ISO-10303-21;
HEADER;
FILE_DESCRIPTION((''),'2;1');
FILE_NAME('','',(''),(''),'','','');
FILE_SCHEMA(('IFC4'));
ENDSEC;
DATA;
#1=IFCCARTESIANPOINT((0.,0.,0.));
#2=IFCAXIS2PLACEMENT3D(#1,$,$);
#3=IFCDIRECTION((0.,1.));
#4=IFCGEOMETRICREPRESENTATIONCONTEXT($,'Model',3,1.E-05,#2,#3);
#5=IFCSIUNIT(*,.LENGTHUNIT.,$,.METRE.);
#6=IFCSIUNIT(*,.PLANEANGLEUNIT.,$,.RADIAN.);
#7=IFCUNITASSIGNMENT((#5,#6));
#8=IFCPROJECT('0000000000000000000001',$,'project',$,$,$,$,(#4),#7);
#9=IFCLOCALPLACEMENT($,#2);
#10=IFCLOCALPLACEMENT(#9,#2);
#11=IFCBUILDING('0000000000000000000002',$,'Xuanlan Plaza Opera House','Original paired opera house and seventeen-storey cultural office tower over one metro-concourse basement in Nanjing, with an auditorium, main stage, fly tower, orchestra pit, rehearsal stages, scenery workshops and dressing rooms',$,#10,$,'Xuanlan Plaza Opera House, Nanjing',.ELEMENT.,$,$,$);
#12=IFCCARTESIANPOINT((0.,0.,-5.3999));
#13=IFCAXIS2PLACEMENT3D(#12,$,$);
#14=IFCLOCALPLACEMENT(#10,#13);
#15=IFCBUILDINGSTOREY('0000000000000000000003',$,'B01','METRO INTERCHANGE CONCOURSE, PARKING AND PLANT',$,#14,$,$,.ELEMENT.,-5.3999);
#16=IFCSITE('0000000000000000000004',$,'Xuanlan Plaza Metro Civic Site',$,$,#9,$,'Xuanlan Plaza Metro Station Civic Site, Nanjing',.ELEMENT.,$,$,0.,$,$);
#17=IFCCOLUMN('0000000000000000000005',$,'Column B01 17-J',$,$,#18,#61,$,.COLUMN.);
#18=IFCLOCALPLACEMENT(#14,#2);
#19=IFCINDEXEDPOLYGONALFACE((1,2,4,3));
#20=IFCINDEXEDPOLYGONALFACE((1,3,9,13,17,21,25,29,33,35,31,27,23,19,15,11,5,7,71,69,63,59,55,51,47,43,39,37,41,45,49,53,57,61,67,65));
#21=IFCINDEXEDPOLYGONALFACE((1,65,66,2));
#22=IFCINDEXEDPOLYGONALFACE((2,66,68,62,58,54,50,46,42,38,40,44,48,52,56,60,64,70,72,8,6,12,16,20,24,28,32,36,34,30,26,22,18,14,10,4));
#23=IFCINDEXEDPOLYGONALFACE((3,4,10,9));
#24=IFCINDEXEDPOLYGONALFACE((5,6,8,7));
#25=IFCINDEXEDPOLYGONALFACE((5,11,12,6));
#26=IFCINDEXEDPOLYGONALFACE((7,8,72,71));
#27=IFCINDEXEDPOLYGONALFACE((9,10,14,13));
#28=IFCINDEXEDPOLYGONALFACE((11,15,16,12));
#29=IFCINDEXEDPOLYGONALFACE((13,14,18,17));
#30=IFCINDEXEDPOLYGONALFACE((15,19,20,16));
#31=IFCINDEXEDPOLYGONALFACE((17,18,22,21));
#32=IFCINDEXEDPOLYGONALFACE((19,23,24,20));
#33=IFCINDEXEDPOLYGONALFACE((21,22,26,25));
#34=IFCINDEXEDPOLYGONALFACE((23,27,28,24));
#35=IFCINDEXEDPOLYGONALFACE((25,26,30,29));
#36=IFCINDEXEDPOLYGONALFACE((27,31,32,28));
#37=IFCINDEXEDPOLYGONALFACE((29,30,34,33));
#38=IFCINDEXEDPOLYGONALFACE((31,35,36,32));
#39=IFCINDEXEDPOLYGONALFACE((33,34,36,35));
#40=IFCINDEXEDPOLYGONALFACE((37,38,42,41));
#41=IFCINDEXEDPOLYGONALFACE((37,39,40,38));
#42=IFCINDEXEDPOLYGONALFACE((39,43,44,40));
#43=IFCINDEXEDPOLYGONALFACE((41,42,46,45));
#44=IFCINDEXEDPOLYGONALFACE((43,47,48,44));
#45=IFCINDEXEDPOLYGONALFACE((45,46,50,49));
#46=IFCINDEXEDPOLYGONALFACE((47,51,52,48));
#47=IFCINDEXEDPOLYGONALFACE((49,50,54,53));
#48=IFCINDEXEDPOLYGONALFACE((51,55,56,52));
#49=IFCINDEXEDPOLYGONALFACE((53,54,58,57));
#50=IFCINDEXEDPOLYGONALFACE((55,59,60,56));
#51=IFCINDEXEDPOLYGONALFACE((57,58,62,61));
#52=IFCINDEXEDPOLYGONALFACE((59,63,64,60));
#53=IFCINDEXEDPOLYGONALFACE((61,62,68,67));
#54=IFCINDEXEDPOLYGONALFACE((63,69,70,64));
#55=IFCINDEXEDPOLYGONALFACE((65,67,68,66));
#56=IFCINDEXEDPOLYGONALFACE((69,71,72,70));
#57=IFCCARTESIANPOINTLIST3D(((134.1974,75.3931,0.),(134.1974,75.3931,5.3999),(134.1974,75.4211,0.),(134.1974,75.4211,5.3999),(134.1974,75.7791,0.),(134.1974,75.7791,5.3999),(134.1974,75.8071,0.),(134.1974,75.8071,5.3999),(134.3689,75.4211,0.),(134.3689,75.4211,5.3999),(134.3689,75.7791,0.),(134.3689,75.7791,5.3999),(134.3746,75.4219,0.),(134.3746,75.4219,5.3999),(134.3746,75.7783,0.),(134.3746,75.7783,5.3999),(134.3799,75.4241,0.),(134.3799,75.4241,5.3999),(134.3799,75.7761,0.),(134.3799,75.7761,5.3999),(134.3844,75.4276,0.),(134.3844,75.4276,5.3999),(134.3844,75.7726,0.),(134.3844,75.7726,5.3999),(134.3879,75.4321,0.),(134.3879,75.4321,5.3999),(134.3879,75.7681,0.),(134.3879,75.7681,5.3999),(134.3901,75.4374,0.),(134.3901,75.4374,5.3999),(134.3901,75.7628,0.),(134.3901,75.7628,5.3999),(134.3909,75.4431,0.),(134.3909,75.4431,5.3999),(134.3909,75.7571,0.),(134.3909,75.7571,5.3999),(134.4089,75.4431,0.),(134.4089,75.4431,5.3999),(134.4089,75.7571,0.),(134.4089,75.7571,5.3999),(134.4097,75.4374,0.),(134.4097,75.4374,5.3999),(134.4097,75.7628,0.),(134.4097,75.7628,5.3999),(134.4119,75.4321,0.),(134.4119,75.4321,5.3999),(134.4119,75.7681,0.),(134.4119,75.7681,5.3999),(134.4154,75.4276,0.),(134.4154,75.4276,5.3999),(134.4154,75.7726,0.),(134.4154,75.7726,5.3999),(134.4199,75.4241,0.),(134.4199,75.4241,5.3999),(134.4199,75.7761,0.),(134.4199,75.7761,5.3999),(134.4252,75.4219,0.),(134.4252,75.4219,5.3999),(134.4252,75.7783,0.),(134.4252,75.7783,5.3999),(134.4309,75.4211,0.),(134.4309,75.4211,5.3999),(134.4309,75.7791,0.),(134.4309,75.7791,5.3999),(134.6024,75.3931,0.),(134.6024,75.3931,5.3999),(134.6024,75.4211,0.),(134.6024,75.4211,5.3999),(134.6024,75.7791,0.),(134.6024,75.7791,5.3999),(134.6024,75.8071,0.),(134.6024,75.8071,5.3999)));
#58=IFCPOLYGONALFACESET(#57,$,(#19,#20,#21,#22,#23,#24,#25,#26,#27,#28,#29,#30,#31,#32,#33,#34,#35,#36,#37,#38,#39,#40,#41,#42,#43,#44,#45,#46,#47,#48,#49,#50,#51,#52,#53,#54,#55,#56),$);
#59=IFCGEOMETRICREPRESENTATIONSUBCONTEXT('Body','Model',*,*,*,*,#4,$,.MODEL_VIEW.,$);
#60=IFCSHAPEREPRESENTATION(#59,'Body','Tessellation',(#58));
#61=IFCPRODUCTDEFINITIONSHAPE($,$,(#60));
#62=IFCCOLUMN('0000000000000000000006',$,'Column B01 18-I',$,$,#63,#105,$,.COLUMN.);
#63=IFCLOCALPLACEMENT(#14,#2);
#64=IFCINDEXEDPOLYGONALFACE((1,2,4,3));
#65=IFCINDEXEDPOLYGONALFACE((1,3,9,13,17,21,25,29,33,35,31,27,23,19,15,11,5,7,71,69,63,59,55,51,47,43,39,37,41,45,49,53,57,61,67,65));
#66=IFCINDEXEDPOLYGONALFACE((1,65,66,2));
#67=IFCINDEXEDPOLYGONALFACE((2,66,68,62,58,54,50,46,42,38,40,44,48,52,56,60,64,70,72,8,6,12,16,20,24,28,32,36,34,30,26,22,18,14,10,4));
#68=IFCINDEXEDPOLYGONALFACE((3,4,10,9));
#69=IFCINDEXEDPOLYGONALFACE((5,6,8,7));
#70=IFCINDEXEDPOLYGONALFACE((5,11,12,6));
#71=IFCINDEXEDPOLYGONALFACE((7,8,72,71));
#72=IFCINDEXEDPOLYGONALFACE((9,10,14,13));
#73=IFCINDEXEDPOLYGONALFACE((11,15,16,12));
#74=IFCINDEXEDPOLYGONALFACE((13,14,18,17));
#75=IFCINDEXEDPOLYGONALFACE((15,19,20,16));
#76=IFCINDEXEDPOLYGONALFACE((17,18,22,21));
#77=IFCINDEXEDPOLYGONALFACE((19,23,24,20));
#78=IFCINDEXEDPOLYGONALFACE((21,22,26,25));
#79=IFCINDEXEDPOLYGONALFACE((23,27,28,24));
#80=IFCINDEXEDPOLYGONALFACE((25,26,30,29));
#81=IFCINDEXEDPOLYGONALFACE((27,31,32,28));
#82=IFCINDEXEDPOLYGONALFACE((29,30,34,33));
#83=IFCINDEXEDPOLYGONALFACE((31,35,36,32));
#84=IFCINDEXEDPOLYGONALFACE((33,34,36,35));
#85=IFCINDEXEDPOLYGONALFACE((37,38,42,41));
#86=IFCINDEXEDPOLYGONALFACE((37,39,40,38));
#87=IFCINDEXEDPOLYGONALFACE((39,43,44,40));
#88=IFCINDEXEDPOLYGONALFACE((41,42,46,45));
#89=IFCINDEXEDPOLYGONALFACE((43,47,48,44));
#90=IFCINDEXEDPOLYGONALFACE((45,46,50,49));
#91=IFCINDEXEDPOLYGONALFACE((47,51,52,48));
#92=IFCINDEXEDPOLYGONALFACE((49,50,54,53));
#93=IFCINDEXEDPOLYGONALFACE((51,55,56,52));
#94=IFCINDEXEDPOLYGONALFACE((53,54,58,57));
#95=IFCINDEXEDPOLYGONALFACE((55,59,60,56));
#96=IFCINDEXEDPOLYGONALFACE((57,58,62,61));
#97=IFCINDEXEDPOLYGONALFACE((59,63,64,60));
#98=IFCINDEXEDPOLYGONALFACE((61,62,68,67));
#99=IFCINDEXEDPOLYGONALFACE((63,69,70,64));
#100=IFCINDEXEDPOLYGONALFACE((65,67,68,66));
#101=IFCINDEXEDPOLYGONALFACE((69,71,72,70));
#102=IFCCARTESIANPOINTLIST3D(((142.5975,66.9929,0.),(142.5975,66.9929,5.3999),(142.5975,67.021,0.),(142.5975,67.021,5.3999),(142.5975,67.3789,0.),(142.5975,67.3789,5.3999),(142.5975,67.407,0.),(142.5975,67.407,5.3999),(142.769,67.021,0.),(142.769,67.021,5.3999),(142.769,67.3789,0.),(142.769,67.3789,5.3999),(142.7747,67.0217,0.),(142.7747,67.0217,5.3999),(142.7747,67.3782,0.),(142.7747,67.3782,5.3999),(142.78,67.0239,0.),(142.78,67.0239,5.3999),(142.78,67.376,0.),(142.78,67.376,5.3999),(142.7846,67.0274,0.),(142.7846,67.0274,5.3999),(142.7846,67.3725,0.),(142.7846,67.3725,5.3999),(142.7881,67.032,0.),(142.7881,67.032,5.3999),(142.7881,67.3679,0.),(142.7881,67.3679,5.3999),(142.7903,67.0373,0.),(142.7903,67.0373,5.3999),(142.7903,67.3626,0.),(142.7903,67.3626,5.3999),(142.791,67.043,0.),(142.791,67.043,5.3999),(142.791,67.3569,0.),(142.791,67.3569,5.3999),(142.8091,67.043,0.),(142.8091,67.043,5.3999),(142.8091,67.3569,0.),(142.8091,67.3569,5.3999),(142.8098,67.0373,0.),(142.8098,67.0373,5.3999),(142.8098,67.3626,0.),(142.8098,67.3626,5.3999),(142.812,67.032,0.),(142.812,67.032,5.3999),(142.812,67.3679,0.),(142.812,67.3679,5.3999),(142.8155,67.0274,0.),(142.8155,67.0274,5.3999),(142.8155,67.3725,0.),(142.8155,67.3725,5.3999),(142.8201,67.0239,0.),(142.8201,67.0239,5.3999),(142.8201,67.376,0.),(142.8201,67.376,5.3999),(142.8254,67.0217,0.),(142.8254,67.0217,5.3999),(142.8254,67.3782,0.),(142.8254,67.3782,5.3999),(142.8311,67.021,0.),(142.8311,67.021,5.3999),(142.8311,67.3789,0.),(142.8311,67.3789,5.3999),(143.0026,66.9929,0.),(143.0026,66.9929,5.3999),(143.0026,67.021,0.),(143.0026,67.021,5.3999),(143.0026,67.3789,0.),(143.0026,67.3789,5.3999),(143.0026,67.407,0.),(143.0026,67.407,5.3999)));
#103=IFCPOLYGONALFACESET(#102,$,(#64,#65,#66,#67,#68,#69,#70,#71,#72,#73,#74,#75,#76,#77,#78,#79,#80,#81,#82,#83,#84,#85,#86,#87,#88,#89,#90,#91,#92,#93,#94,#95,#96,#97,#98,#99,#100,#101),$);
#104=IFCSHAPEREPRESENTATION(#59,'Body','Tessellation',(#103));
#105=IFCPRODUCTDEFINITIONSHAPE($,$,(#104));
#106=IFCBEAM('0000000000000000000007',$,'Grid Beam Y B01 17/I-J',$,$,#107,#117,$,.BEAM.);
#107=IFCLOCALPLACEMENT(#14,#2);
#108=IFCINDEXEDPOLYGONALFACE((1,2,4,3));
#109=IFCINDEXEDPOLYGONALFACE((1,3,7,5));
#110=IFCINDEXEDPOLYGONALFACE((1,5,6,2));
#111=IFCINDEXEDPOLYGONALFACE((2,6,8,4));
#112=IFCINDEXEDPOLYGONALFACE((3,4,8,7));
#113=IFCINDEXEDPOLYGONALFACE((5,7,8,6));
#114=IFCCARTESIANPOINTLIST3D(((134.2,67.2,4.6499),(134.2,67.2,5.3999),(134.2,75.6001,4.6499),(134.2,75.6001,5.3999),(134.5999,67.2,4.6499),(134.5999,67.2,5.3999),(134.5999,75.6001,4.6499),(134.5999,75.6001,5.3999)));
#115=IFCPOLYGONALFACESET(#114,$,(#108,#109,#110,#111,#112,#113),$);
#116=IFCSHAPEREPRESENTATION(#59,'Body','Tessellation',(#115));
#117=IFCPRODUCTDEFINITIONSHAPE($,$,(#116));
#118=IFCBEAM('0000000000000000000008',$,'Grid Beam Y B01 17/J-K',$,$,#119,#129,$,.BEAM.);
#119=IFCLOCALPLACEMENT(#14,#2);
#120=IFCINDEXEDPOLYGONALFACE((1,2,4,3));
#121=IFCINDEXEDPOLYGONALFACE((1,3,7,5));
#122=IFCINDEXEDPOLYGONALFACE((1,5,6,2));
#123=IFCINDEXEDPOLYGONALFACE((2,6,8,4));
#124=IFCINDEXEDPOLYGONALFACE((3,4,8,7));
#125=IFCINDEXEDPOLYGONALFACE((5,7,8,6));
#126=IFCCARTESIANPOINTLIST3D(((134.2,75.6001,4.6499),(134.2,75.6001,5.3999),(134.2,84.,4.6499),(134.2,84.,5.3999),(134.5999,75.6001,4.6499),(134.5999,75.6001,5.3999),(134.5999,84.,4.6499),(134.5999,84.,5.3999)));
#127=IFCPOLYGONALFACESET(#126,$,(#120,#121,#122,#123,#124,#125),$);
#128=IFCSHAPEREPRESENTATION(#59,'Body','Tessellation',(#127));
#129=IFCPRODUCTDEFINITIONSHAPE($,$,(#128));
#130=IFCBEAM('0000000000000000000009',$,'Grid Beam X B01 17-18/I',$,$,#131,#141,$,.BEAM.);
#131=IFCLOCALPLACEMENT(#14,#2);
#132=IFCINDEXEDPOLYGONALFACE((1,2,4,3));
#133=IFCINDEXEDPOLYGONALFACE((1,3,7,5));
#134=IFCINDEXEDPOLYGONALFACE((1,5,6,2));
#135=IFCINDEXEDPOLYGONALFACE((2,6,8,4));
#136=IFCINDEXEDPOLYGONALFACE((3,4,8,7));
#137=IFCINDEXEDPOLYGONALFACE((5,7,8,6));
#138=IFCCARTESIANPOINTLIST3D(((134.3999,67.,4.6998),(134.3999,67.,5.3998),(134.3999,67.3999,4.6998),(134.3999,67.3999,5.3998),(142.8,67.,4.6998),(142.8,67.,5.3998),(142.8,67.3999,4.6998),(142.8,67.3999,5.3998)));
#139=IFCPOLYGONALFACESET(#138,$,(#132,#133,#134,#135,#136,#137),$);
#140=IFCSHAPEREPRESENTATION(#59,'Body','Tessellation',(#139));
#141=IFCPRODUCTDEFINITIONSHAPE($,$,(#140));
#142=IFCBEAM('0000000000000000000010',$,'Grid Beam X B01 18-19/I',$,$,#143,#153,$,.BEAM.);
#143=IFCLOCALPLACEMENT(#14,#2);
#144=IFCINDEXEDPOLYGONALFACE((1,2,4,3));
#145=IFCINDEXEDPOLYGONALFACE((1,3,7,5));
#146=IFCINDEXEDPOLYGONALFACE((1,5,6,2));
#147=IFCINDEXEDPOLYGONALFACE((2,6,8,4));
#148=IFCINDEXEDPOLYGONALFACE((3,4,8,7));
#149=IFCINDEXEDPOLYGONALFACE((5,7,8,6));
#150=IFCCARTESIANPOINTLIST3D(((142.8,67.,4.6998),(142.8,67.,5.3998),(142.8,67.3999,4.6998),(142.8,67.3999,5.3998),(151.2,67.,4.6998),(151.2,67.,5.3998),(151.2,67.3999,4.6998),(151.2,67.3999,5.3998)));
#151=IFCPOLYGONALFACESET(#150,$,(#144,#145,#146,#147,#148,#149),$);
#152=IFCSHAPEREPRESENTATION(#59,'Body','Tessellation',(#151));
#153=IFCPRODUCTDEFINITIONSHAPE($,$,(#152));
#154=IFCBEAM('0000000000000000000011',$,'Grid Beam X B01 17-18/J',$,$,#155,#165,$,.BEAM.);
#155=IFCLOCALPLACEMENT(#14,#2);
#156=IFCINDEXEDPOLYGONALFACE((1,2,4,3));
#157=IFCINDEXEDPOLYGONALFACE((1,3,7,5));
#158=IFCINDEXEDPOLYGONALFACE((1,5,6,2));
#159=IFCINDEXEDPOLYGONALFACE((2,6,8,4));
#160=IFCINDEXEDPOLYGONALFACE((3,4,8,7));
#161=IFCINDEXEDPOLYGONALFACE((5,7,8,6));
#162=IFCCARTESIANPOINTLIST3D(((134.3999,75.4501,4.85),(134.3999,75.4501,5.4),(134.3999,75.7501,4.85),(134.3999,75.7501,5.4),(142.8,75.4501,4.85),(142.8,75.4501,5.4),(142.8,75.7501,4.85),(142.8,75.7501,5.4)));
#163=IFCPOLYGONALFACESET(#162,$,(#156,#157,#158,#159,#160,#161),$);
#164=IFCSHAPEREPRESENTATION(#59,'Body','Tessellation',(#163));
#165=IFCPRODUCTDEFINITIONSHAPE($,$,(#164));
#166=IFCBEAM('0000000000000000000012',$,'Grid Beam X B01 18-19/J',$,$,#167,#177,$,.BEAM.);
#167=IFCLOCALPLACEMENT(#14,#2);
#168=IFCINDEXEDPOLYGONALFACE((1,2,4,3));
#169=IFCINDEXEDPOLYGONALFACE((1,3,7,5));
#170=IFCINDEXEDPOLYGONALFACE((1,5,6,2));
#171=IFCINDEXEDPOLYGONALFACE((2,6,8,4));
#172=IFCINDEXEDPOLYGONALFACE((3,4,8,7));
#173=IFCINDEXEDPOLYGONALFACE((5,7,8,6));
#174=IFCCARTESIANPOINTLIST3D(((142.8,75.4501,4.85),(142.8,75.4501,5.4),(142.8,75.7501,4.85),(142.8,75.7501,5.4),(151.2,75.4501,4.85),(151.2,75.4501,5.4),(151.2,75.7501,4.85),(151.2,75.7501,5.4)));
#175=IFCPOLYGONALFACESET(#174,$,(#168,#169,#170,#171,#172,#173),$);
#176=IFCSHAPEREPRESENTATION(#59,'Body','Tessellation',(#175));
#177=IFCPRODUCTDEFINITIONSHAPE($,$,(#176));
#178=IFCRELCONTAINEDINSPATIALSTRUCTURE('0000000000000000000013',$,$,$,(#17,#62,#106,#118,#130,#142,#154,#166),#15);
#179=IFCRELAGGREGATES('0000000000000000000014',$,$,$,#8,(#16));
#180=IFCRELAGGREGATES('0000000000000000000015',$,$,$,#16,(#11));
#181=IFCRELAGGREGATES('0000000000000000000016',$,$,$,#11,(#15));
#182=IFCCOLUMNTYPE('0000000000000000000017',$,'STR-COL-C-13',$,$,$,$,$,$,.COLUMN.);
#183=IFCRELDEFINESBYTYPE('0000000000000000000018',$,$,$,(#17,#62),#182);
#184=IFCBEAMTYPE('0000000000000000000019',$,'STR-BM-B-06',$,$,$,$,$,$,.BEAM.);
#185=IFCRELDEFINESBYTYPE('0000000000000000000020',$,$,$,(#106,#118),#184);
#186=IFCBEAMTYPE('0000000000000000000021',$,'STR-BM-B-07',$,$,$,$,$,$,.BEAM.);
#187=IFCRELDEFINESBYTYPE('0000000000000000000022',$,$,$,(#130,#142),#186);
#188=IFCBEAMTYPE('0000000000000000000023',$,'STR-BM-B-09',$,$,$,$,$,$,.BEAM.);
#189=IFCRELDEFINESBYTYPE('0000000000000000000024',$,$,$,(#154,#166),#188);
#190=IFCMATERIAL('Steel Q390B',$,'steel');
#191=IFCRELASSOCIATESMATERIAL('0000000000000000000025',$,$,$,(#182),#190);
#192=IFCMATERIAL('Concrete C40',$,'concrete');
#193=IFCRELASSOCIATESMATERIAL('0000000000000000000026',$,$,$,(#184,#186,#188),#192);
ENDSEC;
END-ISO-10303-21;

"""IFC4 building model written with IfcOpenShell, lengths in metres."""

from ifc_helpers import new_model, si_unit, direction, frame, origin, origin_2d, place, context, subcontext, project, spatial, rectangle, i_section, extrude, material, material_profile, profile_set, type_object, element, save


model = new_model("IFC4")

# Units and contexts
model_context = context("Model", 3, precision=1e-05, world=origin(), true_north=direction((0.0, 1.0)))
body_context = subcontext(model_context, "Body", "Model", "MODEL_VIEW")
ifc_project = project(units=[si_unit("LENGTHUNIT", "METRE"), si_unit("PLANEANGLEUNIT", "RADIAN")], contexts=[model_context])

# Site, building, storey
site_placement = place(None, origin())
site = spatial("IfcSite", under=ifc_project, at=site_placement, Name="Xuanlan Plaza Metro Civic Site", LongName="Xuanlan Plaza Metro Station Civic Site, Nanjing", CompositionType="ELEMENT", RefElevation=0.0)
building_placement = place(site_placement, origin())
building = spatial("IfcBuilding", under=site, at=building_placement, Name="Xuanlan Plaza Opera House", Description="Original paired opera house and seventeen-storey cultural office tower over one metro-concourse basement in Nanjing, with an auditorium, main stage, fly tower, orchestra pit, rehearsal stages, scenery workshops and dressing rooms", LongName="Xuanlan Plaza Opera House, Nanjing", CompositionType="ELEMENT")
storey_placement = place(building_placement, frame((0.0, 0.0, -5.3999)))
storey = spatial("IfcBuildingStorey", under=building, at=storey_placement, Name="B01", Description="METRO INTERCHANGE CONCOURSE, PARKING AND PLANT", CompositionType="ELEMENT", Elevation=-5.3999)

# Shared definitions
ifc_material_1 = material(Name="Concrete C40", Category="concrete")

# Columns
ifc_material_2 = material(Name="Steel Q390B", Category="steel")
ifc_material_profile_1 = material_profile(ifc_material_2, i_section(OverallWidth=0.405, OverallDepth=0.4141, WebThickness=0.0181, FlangeThickness=0.0281, FilletRadius=0.022, at=origin_2d()), Name="HW 414x405x18x28")
ifc_profile_set_1 = profile_set([ifc_material_profile_1], Name="Steel Q390B")
column_type_1 = type_object("IfcColumnType", Name="STR-COL-C-13", PredefinedType="COLUMN", material=ifc_profile_set_1)
for number, where, z_axis, x_axis, name in (
    (1, (134.3999, 75.6001, 0.0), (0.0, 0.0, 1.0), (1.0, 0.0, 0.0), "Column B01 17-J"),
    (2, (142.8, 67.2, 0.0), (0.0, 0.0, 1.0), (1.0, 0.0, 0.0), "Column B01 18-I"),
):
    element("IfcColumn", number, at=place(storey_placement, frame(where, z_axis=z_axis, x_axis=x_axis)), inside=storey, type_object=column_type_1, Name=name, PredefinedType="COLUMN", context=body_context, shape_type="SweptSolid", body=[
        extrude(i_section(OverallWidth=0.405, OverallDepth=0.4141, WebThickness=0.0181, FlangeThickness=0.0281, FilletRadius=0.022, at=origin_2d()), origin(), (0.0, 0.0, 1.0), 5.3999),
    ])

# Beams
ifc_material_profile_2 = material_profile(ifc_material_1, rectangle(XDim=0.3999, YDim=0.75, at=origin_2d()), Name="RC-BM 400x750")
ifc_profile_set_2 = profile_set([ifc_material_profile_2], Name="Concrete C40")
beam_type_1 = type_object("IfcBeamType", Name="STR-BM-B-06", PredefinedType="BEAM", material=ifc_profile_set_2)
beam_1_placement = place(storey_placement, frame((134.3999, 67.2, 5.0249), z_axis=(0.0, 1.0, 0.0), x_axis=(-1.0, 0.0, 0.0)))
element("IfcBeam", 3, at=beam_1_placement, inside=storey, type_object=beam_type_1, Name="Grid Beam Y B01 17/I-J", PredefinedType="BEAM", context=body_context, shape_type="SweptSolid", body=[
    extrude(rectangle(XDim=0.3999, YDim=0.75, at=origin_2d()), origin(), (0.0, 0.0, 1.0), 8.4001),
])
beam_2_placement = place(storey_placement, frame((134.3999, 75.6001, 5.0249), z_axis=(0.0, 1.0, 0.0), x_axis=(-1.0, 0.0, 0.0)))
element("IfcBeam", 4, at=beam_2_placement, inside=storey, type_object=beam_type_1, Name="Grid Beam Y B01 17/J-K", PredefinedType="BEAM", context=body_context, shape_type="SweptSolid", body=[
    extrude(rectangle(XDim=0.3999, YDim=0.75, at=origin_2d()), origin(), (0.0, 0.0, 1.0), 8.3999),
])
ifc_material_profile_3 = material_profile(ifc_material_1, rectangle(XDim=0.3999, YDim=0.7, at=origin_2d()), Name="RC-BM 400x700")
ifc_profile_set_3 = profile_set([ifc_material_profile_3], Name="Concrete C40")
beam_type_2 = type_object("IfcBeamType", Name="STR-BM-B-07", PredefinedType="BEAM", material=ifc_profile_set_3)
beam_3_placement = place(storey_placement, frame((134.3999, 67.2, 5.0498), z_axis=(1.0, 0.0, 0.0), x_axis=(0.0, 1.0, 0.0)))
element("IfcBeam", 5, at=beam_3_placement, inside=storey, type_object=beam_type_2, Name="Grid Beam X B01 17-18/I", PredefinedType="BEAM", context=body_context, shape_type="SweptSolid", body=[
    extrude(rectangle(XDim=0.3999, YDim=0.7, at=origin_2d()), origin(), (0.0, 0.0, 1.0), 8.4001),
])
beam_4_placement = place(storey_placement, frame((142.8, 67.2, 5.0498), z_axis=(1.0, 0.0, 0.0), x_axis=(0.0, 1.0, 0.0)))
element("IfcBeam", 6, at=beam_4_placement, inside=storey, type_object=beam_type_2, Name="Grid Beam X B01 18-19/I", PredefinedType="BEAM", context=body_context, shape_type="SweptSolid", body=[
    extrude(rectangle(XDim=0.3999, YDim=0.7, at=origin_2d()), origin(), (0.0, 0.0, 1.0), 8.3999),
])
ifc_material_profile_4 = material_profile(ifc_material_1, rectangle(XDim=0.3, YDim=0.55, at=origin_2d()), Name="RC-BM 300x550")
ifc_profile_set_4 = profile_set([ifc_material_profile_4], Name="Concrete C40")
beam_type_3 = type_object("IfcBeamType", Name="STR-BM-B-09", PredefinedType="BEAM", material=ifc_profile_set_4)
beam_5_placement = place(storey_placement, frame((134.3999, 75.6001, 5.125), z_axis=(1.0, 0.0, 0.0), x_axis=(0.0, 1.0, 0.0)))
element("IfcBeam", 7, at=beam_5_placement, inside=storey, type_object=beam_type_3, Name="Grid Beam X B01 17-18/J", PredefinedType="BEAM", context=body_context, shape_type="SweptSolid", body=[
    extrude(rectangle(XDim=0.3, YDim=0.55, at=origin_2d()), origin(), (0.0, 0.0, 1.0), 8.4001),
])
beam_6_placement = place(storey_placement, frame((142.8, 75.6001, 5.125), z_axis=(1.0, 0.0, 0.0), x_axis=(0.0, 1.0, 0.0)))
element("IfcBeam", 8, at=beam_6_placement, inside=storey, type_object=beam_type_3, Name="Grid Beam X B01 18-19/J", PredefinedType="BEAM", context=body_context, shape_type="SweptSolid", body=[
    extrude(rectangle(XDim=0.3, YDim=0.55, at=origin_2d()), origin(), (0.0, 0.0, 1.0), 8.3999),
])

save(model, "model.ifc")
